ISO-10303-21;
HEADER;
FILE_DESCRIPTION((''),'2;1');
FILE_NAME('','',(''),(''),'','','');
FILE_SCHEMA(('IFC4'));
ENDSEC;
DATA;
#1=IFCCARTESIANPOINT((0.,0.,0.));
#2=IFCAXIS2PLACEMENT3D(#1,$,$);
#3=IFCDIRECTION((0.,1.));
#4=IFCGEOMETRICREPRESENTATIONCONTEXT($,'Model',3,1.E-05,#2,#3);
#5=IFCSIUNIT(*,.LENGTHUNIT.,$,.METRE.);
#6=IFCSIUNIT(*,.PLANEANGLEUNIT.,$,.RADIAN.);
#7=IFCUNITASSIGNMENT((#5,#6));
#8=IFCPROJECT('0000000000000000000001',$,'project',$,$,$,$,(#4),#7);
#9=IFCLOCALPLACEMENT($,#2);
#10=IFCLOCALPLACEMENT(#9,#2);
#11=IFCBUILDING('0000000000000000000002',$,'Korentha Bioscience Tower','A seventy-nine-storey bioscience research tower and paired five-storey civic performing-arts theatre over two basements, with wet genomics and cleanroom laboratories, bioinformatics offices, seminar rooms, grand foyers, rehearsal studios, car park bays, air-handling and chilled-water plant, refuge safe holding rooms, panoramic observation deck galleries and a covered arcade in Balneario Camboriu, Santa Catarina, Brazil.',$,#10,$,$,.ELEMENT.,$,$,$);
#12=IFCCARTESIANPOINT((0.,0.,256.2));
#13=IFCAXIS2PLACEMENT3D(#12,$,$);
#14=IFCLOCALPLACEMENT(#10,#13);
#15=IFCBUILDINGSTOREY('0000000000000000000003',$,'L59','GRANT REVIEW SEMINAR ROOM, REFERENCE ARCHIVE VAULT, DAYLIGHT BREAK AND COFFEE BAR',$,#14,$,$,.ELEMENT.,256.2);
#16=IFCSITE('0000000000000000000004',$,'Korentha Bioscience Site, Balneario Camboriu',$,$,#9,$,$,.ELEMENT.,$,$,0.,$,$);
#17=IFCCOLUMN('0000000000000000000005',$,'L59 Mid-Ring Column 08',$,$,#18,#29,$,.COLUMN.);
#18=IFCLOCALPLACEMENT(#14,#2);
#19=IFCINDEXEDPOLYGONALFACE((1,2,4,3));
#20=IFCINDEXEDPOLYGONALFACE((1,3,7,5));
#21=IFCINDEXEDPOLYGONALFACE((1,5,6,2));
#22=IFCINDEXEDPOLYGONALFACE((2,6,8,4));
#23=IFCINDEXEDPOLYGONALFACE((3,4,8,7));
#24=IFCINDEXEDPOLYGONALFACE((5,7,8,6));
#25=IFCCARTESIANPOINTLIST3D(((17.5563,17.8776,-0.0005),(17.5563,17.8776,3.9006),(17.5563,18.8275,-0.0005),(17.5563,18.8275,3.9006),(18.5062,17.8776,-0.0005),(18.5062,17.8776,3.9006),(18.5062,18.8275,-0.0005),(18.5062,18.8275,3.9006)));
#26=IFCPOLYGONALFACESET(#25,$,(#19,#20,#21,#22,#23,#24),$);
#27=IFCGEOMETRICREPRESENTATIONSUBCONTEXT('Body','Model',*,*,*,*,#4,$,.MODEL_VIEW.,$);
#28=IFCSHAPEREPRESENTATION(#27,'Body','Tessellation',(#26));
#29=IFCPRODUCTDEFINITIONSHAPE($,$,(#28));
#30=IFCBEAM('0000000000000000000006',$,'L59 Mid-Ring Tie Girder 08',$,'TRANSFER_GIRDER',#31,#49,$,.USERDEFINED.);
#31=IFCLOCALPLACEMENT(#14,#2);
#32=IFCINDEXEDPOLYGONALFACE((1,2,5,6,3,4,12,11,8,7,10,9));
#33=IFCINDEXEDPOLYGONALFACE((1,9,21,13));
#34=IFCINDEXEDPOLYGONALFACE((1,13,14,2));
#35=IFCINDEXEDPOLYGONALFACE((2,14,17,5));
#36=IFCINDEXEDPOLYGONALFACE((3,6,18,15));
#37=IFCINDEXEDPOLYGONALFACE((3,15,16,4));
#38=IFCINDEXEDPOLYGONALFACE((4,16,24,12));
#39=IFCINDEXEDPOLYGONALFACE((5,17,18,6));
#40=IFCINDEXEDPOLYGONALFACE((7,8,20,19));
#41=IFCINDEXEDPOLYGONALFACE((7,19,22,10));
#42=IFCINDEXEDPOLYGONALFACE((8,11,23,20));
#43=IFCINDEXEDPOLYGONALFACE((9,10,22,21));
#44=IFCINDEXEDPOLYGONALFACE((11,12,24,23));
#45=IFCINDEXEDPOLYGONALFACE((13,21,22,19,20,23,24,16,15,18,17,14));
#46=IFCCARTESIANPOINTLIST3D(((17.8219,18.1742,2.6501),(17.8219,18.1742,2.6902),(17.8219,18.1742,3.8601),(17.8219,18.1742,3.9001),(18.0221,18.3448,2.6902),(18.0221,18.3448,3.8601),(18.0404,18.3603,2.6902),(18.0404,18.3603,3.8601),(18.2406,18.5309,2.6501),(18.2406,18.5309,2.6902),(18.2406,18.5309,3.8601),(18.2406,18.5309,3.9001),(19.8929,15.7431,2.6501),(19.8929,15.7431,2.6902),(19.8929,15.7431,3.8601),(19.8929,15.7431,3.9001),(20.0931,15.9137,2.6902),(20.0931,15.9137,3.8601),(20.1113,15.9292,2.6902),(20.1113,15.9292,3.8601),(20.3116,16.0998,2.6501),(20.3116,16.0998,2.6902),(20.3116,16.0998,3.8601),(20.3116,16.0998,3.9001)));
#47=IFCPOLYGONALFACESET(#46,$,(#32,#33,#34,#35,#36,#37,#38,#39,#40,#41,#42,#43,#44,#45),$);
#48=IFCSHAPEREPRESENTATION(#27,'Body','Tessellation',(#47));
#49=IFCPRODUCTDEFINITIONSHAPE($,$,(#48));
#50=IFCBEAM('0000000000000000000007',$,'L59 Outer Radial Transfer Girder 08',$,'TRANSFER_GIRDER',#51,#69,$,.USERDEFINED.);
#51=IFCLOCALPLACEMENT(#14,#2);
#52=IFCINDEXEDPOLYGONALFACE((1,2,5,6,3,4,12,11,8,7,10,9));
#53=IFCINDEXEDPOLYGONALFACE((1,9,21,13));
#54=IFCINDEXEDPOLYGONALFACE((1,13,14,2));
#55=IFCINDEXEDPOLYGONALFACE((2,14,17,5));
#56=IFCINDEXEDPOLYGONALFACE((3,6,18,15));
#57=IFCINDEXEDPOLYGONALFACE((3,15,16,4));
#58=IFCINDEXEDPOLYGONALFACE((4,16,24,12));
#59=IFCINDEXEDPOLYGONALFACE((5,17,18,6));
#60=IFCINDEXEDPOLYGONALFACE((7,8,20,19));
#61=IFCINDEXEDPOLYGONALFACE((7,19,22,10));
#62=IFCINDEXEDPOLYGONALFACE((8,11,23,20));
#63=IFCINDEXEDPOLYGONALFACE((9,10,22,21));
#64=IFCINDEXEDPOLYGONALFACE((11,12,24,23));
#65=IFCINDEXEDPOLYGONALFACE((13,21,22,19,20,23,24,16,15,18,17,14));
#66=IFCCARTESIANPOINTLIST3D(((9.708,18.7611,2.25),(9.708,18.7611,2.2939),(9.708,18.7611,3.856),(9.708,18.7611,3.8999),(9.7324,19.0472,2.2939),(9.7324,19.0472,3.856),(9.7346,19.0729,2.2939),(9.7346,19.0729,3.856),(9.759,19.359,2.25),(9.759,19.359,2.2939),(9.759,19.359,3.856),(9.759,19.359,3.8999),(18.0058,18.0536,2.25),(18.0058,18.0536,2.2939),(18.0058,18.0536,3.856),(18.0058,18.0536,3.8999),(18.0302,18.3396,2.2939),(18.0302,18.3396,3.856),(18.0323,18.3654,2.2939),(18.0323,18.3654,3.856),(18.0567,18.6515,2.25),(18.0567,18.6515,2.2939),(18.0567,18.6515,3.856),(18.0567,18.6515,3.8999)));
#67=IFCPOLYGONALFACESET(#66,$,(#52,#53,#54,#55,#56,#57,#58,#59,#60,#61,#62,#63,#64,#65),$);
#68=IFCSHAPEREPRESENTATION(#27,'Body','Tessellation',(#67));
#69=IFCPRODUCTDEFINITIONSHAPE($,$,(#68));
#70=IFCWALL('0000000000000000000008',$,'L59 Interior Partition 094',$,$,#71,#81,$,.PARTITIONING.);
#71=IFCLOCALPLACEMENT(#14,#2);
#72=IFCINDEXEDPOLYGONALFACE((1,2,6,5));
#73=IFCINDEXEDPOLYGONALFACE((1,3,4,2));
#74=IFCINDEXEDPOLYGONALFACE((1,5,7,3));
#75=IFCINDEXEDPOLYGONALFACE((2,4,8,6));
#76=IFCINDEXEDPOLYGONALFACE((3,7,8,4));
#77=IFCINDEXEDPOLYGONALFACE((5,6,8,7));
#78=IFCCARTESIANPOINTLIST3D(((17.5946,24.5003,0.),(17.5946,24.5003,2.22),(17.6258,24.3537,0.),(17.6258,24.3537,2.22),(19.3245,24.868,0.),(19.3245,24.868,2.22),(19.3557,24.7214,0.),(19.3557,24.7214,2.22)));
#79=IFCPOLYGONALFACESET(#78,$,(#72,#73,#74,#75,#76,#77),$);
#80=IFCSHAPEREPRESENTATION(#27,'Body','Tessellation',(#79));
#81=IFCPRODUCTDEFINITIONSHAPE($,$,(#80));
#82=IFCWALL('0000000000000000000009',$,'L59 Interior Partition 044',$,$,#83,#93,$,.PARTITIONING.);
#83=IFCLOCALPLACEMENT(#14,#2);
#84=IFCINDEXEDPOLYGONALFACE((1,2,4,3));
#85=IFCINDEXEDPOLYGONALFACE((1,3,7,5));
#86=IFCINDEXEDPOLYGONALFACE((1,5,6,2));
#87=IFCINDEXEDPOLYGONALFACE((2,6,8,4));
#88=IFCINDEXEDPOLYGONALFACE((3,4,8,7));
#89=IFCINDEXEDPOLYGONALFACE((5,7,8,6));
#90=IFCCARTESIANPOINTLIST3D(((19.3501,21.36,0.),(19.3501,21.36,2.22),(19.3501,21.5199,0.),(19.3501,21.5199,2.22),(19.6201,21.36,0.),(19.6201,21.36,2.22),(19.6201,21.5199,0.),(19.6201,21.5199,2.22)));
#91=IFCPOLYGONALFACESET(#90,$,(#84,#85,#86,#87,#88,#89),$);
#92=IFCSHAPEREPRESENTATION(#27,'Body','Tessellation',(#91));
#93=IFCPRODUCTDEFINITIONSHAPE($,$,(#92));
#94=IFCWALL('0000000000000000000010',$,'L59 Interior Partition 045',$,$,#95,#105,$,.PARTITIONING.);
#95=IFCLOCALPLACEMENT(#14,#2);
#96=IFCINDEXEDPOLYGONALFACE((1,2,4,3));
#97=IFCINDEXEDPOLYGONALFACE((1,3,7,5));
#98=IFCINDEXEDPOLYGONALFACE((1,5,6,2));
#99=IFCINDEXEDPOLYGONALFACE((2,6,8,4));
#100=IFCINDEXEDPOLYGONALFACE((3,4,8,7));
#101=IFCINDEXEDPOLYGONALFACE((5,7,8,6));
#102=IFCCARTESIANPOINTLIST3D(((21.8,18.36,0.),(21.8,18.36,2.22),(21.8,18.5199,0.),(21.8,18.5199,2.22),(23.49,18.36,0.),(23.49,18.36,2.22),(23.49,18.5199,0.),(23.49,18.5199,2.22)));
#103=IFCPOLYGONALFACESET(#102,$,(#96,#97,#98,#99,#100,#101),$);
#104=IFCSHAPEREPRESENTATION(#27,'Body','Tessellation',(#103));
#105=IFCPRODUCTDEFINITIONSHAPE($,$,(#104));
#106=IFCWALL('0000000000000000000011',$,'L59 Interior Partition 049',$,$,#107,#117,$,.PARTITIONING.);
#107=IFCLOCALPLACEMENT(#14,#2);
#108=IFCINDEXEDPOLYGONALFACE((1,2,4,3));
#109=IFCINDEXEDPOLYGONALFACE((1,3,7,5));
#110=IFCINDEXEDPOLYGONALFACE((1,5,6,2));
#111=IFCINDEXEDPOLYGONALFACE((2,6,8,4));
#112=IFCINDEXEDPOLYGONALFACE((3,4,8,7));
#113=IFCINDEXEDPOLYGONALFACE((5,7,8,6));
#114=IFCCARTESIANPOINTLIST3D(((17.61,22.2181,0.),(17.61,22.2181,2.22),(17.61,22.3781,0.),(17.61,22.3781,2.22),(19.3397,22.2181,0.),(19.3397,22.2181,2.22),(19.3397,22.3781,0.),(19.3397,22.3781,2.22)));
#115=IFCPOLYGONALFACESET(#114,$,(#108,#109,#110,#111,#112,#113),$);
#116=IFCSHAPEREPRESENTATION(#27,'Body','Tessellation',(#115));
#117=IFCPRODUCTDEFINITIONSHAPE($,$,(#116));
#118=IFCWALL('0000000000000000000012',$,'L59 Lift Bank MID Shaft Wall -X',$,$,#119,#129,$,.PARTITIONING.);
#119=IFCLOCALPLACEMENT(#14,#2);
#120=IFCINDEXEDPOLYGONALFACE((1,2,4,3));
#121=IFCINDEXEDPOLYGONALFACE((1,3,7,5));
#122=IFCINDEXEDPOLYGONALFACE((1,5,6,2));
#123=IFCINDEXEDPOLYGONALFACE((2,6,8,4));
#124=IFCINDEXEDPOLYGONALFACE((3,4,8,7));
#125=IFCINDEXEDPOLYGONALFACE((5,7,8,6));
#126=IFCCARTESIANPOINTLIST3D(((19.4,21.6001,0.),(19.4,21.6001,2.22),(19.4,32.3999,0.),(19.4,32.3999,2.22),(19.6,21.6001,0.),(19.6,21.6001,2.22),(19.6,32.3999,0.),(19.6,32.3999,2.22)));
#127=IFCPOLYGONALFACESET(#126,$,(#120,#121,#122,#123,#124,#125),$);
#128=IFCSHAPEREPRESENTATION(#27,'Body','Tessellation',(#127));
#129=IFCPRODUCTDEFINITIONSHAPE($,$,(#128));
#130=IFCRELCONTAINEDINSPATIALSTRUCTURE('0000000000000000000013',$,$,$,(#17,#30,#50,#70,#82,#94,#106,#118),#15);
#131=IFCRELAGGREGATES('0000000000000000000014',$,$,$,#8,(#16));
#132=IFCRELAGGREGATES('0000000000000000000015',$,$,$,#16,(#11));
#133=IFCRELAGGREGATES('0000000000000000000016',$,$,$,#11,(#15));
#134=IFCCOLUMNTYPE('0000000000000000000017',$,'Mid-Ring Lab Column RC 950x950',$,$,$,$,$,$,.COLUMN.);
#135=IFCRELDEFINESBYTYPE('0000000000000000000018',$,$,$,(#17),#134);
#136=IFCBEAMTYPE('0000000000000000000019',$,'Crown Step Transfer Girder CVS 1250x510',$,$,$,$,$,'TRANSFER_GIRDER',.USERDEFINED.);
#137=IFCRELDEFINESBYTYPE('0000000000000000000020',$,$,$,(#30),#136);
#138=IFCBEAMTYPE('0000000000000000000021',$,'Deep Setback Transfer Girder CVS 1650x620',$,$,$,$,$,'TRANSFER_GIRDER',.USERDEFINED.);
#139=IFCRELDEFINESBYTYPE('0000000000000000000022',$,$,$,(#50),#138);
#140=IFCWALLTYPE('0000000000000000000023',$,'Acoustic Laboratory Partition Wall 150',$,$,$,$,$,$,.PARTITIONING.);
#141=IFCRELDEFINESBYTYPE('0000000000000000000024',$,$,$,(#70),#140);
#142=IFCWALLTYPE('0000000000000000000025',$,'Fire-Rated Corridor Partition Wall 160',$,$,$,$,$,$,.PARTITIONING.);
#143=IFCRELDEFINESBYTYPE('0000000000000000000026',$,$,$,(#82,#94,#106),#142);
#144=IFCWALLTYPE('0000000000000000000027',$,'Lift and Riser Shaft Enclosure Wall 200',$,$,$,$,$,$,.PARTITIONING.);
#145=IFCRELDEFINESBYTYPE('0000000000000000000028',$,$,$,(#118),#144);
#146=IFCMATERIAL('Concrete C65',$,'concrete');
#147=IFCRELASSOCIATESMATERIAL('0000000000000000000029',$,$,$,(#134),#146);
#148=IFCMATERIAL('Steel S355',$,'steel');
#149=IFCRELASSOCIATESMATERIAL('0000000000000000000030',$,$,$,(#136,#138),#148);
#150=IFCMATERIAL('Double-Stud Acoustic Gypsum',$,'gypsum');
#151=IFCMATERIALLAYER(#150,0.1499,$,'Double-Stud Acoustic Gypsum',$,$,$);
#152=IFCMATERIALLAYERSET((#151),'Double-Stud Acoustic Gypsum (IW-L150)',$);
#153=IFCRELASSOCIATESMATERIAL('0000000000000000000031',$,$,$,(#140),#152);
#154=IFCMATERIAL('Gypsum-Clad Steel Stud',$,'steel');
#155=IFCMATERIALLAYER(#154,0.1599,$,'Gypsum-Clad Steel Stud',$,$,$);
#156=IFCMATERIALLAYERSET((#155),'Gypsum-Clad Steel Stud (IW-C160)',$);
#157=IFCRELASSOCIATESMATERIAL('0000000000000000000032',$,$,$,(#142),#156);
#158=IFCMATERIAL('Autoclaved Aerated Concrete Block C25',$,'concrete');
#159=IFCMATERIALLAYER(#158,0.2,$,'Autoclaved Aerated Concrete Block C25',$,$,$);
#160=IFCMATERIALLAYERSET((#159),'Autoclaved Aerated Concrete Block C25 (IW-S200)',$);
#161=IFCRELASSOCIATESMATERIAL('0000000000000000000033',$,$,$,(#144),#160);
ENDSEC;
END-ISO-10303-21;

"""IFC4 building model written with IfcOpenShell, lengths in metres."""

from ifc_helpers import new_model, si_unit, direction, frame, frame_2d, origin, origin_2d, place, context, subcontext, project, spatial, rectangle, i_section, extrude, material, layer, layer_set, material_profile, profile_set, type_object, element, save


model = new_model("IFC4")

# Units and contexts
model_context = context("Model", 3, precision=1e-05, world=origin(), true_north=direction((0.0, 1.0)))
body_context = subcontext(model_context, "Body", "Model", "MODEL_VIEW")
ifc_project = project(units=[si_unit("LENGTHUNIT", "METRE"), si_unit("PLANEANGLEUNIT", "RADIAN")], contexts=[model_context])

# Site, building, storey
site_placement = place(None, origin())
site = spatial("IfcSite", under=ifc_project, at=site_placement, Name="Korentha Bioscience Site, Balneario Camboriu", CompositionType="ELEMENT", RefElevation=0.0)
building_placement = place(site_placement, origin())
building = spatial("IfcBuilding", under=site, at=building_placement, Name="Korentha Bioscience Tower", Description="A seventy-nine-storey bioscience research tower and paired five-storey civic performing-arts theatre over two basements, with wet genomics and cleanroom laboratories, bioinformatics offices, seminar rooms, grand foyers, rehearsal studios, car park bays, air-handling and chilled-water plant, refuge safe holding rooms, panoramic observation deck galleries and a covered arcade in Balneario Camboriu, Santa Catarina, Brazil.", CompositionType="ELEMENT")
storey_placement = place(building_placement, frame((0.0, 0.0, 256.2)))
storey = spatial("IfcBuildingStorey", under=building, at=storey_placement, Name="L59", Description="GRANT REVIEW SEMINAR ROOM, REFERENCE ARCHIVE VAULT, DAYLIGHT BREAK AND COFFEE BAR", CompositionType="ELEMENT", Elevation=256.2)

# Column
ifc_material_1 = material(Name="Concrete C65", Category="concrete")
ifc_material_profile_1 = material_profile(ifc_material_1, rectangle(XDim=0.95, YDim=0.95, at=origin_2d()), Name="Concrete C65")
ifc_profile_set_1 = profile_set([ifc_material_profile_1], Name="Concrete C65 (COL-MR09)")
column_type = type_object("IfcColumnType", Name="Mid-Ring Lab Column RC 950x950", PredefinedType="COLUMN", material=ifc_profile_set_1)
column_placement = place(storey_placement, frame((18.0312, 18.3525, -0.0005), z_axis=(0.0, 0.0, 1.0), x_axis=(1.0, 0.0, 0.0)))
element("IfcColumn", 1, at=column_placement, inside=storey, type_object=column_type, Name="L59 Mid-Ring Column 08", PredefinedType="COLUMN", context=body_context, shape_type="SweptSolid", body=[
    extrude(rectangle(XDim=0.95, YDim=0.95, at=origin_2d()), origin(), (0.0, 0.0, 1.0), 3.9011),
])

# Beams
ifc_material_2 = material(Name="Steel S355", Category="steel")
ifc_material_profile_2 = material_profile(ifc_material_2, i_section(OverallWidth=0.55, OverallDepth=1.25, WebThickness=0.0239, FlangeThickness=0.04, at=origin_2d()), Name="Steel S355")
ifc_profile_set_2 = profile_set([ifc_material_profile_2], Name="Steel S355 (TG-03)")
beam_type_1 = type_object("IfcBeamType", Name="Crown Step Transfer Girder CVS 1250x510", ElementType="TRANSFER_GIRDER", PredefinedType="USERDEFINED", material=ifc_profile_set_2)
beam_1_placement = place(storey_placement, frame((18.0312, 18.3525, 3.2751), z_axis=(0.648478, -0.761233, 0.0), x_axis=(0.761233, 0.648478, 0.0)))
element("IfcBeam", 2, at=beam_1_placement, inside=storey, type_object=beam_type_1, Name="L59 Mid-Ring Tie Girder 08", ObjectType="TRANSFER_GIRDER", PredefinedType="USERDEFINED", context=body_context, shape_type="SweptSolid", body=[
    extrude(i_section(OverallWidth=0.55, OverallDepth=1.25, WebThickness=0.0239, FlangeThickness=0.04, at=origin_2d()), origin(), (0.0, 0.0, 1.0), 3.1936),
])
ifc_material_profile_3 = material_profile(ifc_material_2, i_section(OverallWidth=0.6001, OverallDepth=1.6499, WebThickness=0.0259, FlangeThickness=0.0439, at=origin_2d()), Name="Steel S355")
ifc_profile_set_3 = profile_set([ifc_material_profile_3], Name="Steel S355 (TG-04)")
beam_type_2 = type_object("IfcBeamType", Name="Deep Setback Transfer Girder CVS 1650x620", ElementType="TRANSFER_GIRDER", PredefinedType="USERDEFINED", material=ifc_profile_set_3)
beam_2_placement = place(storey_placement, frame((18.0312, 18.3525, 3.075), z_axis=(-0.996385, 0.084957, 0.0), x_axis=(-0.084957, -0.996385, 0.0)))
element("IfcBeam", 3, at=beam_2_placement, inside=storey, type_object=beam_type_2, Name="L59 Outer Radial Transfer Girder 08", ObjectType="TRANSFER_GIRDER", PredefinedType="USERDEFINED", context=body_context, shape_type="SweptSolid", body=[
    extrude(i_section(OverallWidth=0.6001, OverallDepth=1.6499, WebThickness=0.0259, FlangeThickness=0.0439, at=origin_2d()), origin(), (0.0, 0.0, 1.0), 8.3279),
])

# Shared definitions
ifc_material_3 = material(Name="Double-Stud Acoustic Gypsum", Category="gypsum")
ifc_layer_1 = layer(ifc_material_3, 0.1499, Name="Double-Stud Acoustic Gypsum")
ifc_layer_set_1 = layer_set([ifc_layer_1], Name="Double-Stud Acoustic Gypsum (IW-L150)")
wall_type_1 = type_object("IfcWallType", Name="Acoustic Laboratory Partition Wall 150", PredefinedType="PARTITIONING", material=ifc_layer_set_1)

# Wall
wall_1_placement = place(storey_placement, frame((19.3401, 24.7947, 0.0), z_axis=(0.0, 0.0, 1.0), x_axis=(-0.978153, -0.207888, 0.0)))
element("IfcWall", 4, at=wall_1_placement, inside=storey, type_object=wall_type_1, Name="L59 Interior Partition 094", PredefinedType="PARTITIONING", context=body_context, shape_type="SweptSolid", body=[
    extrude(rectangle(XDim=1.7686, YDim=0.1499, at=frame_2d((0.8843, 0.0))), origin(), (0.0, 0.0, 1.0), 2.22),
])

# Shared definitions
ifc_material_4 = material(Name="Gypsum-Clad Steel Stud", Category="steel")
ifc_layer_2 = layer(ifc_material_4, 0.1599, Name="Gypsum-Clad Steel Stud")
ifc_layer_set_2 = layer_set([ifc_layer_2], Name="Gypsum-Clad Steel Stud (IW-C160)")
wall_type_2 = type_object("IfcWallType", Name="Fire-Rated Corridor Partition Wall 160", PredefinedType="PARTITIONING", material=ifc_layer_set_2)

# Walls
wall_2_placement = place(storey_placement, frame((19.3501, 21.4399, 0.0), z_axis=(0.0, 0.0, 1.0), x_axis=(1.0, 0.0, 0.0)))
element("IfcWall", 5, at=wall_2_placement, inside=storey, type_object=wall_type_2, Name="L59 Interior Partition 044", PredefinedType="PARTITIONING", context=body_context, shape_type="SweptSolid", body=[
    extrude(rectangle(XDim=0.27, YDim=0.1599, at=frame_2d((0.135, 0.0))), origin(), (0.0, 0.0, 1.0), 2.22),
])
wall_3_placement = place(storey_placement, frame((21.8, 18.4399, 0.0), z_axis=(0.0, 0.0, 1.0), x_axis=(1.0, 0.0, 0.0)))
element("IfcWall", 6, at=wall_3_placement, inside=storey, type_object=wall_type_2, Name="L59 Interior Partition 045", PredefinedType="PARTITIONING", context=body_context, shape_type="SweptSolid", body=[
    extrude(rectangle(XDim=1.6899, YDim=0.1599, at=frame_2d((0.845, 0.0))), origin(), (0.0, 0.0, 1.0), 2.22),
])
wall_4_placement = place(storey_placement, frame((17.6101, 22.2981, 0.0), z_axis=(0.0, 0.0, 1.0), x_axis=(1.0, 0.0, 0.0)))
element("IfcWall", 7, at=wall_4_placement, inside=storey, type_object=wall_type_2, Name="L59 Interior Partition 049", PredefinedType="PARTITIONING", context=body_context, shape_type="SweptSolid", body=[
    extrude(rectangle(XDim=1.7297, YDim=0.1599, at=frame_2d((0.8647, 0.0))), origin(), (0.0, 0.0, 1.0), 2.22),
])
ifc_material_5 = material(Name="Autoclaved Aerated Concrete Block C25", Category="concrete")
ifc_layer_3 = layer(ifc_material_5, 0.2, Name="Autoclaved Aerated Concrete Block C25")
ifc_layer_set_3 = layer_set([ifc_layer_3], Name="Autoclaved Aerated Concrete Block C25 (IW-S200)")
wall_type_3 = type_object("IfcWallType", Name="Lift and Riser Shaft Enclosure Wall 200", PredefinedType="PARTITIONING", material=ifc_layer_set_3)
wall_5_placement = place(storey_placement, frame((19.5, 21.6001, 0.0), z_axis=(0.0, 0.0, 1.0), x_axis=(0.0, 1.0, 0.0)))
element("IfcWall", 8, at=wall_5_placement, inside=storey, type_object=wall_type_3, Name="L59 Lift Bank MID Shaft Wall -X", PredefinedType="PARTITIONING", context=body_context, shape_type="SweptSolid", body=[
    extrude(rectangle(XDim=10.7998, YDim=0.2, at=frame_2d((5.3999, 0.0))), origin(), (0.0, 0.0, 1.0), 2.22),
])

save(model, "model.ifc")
